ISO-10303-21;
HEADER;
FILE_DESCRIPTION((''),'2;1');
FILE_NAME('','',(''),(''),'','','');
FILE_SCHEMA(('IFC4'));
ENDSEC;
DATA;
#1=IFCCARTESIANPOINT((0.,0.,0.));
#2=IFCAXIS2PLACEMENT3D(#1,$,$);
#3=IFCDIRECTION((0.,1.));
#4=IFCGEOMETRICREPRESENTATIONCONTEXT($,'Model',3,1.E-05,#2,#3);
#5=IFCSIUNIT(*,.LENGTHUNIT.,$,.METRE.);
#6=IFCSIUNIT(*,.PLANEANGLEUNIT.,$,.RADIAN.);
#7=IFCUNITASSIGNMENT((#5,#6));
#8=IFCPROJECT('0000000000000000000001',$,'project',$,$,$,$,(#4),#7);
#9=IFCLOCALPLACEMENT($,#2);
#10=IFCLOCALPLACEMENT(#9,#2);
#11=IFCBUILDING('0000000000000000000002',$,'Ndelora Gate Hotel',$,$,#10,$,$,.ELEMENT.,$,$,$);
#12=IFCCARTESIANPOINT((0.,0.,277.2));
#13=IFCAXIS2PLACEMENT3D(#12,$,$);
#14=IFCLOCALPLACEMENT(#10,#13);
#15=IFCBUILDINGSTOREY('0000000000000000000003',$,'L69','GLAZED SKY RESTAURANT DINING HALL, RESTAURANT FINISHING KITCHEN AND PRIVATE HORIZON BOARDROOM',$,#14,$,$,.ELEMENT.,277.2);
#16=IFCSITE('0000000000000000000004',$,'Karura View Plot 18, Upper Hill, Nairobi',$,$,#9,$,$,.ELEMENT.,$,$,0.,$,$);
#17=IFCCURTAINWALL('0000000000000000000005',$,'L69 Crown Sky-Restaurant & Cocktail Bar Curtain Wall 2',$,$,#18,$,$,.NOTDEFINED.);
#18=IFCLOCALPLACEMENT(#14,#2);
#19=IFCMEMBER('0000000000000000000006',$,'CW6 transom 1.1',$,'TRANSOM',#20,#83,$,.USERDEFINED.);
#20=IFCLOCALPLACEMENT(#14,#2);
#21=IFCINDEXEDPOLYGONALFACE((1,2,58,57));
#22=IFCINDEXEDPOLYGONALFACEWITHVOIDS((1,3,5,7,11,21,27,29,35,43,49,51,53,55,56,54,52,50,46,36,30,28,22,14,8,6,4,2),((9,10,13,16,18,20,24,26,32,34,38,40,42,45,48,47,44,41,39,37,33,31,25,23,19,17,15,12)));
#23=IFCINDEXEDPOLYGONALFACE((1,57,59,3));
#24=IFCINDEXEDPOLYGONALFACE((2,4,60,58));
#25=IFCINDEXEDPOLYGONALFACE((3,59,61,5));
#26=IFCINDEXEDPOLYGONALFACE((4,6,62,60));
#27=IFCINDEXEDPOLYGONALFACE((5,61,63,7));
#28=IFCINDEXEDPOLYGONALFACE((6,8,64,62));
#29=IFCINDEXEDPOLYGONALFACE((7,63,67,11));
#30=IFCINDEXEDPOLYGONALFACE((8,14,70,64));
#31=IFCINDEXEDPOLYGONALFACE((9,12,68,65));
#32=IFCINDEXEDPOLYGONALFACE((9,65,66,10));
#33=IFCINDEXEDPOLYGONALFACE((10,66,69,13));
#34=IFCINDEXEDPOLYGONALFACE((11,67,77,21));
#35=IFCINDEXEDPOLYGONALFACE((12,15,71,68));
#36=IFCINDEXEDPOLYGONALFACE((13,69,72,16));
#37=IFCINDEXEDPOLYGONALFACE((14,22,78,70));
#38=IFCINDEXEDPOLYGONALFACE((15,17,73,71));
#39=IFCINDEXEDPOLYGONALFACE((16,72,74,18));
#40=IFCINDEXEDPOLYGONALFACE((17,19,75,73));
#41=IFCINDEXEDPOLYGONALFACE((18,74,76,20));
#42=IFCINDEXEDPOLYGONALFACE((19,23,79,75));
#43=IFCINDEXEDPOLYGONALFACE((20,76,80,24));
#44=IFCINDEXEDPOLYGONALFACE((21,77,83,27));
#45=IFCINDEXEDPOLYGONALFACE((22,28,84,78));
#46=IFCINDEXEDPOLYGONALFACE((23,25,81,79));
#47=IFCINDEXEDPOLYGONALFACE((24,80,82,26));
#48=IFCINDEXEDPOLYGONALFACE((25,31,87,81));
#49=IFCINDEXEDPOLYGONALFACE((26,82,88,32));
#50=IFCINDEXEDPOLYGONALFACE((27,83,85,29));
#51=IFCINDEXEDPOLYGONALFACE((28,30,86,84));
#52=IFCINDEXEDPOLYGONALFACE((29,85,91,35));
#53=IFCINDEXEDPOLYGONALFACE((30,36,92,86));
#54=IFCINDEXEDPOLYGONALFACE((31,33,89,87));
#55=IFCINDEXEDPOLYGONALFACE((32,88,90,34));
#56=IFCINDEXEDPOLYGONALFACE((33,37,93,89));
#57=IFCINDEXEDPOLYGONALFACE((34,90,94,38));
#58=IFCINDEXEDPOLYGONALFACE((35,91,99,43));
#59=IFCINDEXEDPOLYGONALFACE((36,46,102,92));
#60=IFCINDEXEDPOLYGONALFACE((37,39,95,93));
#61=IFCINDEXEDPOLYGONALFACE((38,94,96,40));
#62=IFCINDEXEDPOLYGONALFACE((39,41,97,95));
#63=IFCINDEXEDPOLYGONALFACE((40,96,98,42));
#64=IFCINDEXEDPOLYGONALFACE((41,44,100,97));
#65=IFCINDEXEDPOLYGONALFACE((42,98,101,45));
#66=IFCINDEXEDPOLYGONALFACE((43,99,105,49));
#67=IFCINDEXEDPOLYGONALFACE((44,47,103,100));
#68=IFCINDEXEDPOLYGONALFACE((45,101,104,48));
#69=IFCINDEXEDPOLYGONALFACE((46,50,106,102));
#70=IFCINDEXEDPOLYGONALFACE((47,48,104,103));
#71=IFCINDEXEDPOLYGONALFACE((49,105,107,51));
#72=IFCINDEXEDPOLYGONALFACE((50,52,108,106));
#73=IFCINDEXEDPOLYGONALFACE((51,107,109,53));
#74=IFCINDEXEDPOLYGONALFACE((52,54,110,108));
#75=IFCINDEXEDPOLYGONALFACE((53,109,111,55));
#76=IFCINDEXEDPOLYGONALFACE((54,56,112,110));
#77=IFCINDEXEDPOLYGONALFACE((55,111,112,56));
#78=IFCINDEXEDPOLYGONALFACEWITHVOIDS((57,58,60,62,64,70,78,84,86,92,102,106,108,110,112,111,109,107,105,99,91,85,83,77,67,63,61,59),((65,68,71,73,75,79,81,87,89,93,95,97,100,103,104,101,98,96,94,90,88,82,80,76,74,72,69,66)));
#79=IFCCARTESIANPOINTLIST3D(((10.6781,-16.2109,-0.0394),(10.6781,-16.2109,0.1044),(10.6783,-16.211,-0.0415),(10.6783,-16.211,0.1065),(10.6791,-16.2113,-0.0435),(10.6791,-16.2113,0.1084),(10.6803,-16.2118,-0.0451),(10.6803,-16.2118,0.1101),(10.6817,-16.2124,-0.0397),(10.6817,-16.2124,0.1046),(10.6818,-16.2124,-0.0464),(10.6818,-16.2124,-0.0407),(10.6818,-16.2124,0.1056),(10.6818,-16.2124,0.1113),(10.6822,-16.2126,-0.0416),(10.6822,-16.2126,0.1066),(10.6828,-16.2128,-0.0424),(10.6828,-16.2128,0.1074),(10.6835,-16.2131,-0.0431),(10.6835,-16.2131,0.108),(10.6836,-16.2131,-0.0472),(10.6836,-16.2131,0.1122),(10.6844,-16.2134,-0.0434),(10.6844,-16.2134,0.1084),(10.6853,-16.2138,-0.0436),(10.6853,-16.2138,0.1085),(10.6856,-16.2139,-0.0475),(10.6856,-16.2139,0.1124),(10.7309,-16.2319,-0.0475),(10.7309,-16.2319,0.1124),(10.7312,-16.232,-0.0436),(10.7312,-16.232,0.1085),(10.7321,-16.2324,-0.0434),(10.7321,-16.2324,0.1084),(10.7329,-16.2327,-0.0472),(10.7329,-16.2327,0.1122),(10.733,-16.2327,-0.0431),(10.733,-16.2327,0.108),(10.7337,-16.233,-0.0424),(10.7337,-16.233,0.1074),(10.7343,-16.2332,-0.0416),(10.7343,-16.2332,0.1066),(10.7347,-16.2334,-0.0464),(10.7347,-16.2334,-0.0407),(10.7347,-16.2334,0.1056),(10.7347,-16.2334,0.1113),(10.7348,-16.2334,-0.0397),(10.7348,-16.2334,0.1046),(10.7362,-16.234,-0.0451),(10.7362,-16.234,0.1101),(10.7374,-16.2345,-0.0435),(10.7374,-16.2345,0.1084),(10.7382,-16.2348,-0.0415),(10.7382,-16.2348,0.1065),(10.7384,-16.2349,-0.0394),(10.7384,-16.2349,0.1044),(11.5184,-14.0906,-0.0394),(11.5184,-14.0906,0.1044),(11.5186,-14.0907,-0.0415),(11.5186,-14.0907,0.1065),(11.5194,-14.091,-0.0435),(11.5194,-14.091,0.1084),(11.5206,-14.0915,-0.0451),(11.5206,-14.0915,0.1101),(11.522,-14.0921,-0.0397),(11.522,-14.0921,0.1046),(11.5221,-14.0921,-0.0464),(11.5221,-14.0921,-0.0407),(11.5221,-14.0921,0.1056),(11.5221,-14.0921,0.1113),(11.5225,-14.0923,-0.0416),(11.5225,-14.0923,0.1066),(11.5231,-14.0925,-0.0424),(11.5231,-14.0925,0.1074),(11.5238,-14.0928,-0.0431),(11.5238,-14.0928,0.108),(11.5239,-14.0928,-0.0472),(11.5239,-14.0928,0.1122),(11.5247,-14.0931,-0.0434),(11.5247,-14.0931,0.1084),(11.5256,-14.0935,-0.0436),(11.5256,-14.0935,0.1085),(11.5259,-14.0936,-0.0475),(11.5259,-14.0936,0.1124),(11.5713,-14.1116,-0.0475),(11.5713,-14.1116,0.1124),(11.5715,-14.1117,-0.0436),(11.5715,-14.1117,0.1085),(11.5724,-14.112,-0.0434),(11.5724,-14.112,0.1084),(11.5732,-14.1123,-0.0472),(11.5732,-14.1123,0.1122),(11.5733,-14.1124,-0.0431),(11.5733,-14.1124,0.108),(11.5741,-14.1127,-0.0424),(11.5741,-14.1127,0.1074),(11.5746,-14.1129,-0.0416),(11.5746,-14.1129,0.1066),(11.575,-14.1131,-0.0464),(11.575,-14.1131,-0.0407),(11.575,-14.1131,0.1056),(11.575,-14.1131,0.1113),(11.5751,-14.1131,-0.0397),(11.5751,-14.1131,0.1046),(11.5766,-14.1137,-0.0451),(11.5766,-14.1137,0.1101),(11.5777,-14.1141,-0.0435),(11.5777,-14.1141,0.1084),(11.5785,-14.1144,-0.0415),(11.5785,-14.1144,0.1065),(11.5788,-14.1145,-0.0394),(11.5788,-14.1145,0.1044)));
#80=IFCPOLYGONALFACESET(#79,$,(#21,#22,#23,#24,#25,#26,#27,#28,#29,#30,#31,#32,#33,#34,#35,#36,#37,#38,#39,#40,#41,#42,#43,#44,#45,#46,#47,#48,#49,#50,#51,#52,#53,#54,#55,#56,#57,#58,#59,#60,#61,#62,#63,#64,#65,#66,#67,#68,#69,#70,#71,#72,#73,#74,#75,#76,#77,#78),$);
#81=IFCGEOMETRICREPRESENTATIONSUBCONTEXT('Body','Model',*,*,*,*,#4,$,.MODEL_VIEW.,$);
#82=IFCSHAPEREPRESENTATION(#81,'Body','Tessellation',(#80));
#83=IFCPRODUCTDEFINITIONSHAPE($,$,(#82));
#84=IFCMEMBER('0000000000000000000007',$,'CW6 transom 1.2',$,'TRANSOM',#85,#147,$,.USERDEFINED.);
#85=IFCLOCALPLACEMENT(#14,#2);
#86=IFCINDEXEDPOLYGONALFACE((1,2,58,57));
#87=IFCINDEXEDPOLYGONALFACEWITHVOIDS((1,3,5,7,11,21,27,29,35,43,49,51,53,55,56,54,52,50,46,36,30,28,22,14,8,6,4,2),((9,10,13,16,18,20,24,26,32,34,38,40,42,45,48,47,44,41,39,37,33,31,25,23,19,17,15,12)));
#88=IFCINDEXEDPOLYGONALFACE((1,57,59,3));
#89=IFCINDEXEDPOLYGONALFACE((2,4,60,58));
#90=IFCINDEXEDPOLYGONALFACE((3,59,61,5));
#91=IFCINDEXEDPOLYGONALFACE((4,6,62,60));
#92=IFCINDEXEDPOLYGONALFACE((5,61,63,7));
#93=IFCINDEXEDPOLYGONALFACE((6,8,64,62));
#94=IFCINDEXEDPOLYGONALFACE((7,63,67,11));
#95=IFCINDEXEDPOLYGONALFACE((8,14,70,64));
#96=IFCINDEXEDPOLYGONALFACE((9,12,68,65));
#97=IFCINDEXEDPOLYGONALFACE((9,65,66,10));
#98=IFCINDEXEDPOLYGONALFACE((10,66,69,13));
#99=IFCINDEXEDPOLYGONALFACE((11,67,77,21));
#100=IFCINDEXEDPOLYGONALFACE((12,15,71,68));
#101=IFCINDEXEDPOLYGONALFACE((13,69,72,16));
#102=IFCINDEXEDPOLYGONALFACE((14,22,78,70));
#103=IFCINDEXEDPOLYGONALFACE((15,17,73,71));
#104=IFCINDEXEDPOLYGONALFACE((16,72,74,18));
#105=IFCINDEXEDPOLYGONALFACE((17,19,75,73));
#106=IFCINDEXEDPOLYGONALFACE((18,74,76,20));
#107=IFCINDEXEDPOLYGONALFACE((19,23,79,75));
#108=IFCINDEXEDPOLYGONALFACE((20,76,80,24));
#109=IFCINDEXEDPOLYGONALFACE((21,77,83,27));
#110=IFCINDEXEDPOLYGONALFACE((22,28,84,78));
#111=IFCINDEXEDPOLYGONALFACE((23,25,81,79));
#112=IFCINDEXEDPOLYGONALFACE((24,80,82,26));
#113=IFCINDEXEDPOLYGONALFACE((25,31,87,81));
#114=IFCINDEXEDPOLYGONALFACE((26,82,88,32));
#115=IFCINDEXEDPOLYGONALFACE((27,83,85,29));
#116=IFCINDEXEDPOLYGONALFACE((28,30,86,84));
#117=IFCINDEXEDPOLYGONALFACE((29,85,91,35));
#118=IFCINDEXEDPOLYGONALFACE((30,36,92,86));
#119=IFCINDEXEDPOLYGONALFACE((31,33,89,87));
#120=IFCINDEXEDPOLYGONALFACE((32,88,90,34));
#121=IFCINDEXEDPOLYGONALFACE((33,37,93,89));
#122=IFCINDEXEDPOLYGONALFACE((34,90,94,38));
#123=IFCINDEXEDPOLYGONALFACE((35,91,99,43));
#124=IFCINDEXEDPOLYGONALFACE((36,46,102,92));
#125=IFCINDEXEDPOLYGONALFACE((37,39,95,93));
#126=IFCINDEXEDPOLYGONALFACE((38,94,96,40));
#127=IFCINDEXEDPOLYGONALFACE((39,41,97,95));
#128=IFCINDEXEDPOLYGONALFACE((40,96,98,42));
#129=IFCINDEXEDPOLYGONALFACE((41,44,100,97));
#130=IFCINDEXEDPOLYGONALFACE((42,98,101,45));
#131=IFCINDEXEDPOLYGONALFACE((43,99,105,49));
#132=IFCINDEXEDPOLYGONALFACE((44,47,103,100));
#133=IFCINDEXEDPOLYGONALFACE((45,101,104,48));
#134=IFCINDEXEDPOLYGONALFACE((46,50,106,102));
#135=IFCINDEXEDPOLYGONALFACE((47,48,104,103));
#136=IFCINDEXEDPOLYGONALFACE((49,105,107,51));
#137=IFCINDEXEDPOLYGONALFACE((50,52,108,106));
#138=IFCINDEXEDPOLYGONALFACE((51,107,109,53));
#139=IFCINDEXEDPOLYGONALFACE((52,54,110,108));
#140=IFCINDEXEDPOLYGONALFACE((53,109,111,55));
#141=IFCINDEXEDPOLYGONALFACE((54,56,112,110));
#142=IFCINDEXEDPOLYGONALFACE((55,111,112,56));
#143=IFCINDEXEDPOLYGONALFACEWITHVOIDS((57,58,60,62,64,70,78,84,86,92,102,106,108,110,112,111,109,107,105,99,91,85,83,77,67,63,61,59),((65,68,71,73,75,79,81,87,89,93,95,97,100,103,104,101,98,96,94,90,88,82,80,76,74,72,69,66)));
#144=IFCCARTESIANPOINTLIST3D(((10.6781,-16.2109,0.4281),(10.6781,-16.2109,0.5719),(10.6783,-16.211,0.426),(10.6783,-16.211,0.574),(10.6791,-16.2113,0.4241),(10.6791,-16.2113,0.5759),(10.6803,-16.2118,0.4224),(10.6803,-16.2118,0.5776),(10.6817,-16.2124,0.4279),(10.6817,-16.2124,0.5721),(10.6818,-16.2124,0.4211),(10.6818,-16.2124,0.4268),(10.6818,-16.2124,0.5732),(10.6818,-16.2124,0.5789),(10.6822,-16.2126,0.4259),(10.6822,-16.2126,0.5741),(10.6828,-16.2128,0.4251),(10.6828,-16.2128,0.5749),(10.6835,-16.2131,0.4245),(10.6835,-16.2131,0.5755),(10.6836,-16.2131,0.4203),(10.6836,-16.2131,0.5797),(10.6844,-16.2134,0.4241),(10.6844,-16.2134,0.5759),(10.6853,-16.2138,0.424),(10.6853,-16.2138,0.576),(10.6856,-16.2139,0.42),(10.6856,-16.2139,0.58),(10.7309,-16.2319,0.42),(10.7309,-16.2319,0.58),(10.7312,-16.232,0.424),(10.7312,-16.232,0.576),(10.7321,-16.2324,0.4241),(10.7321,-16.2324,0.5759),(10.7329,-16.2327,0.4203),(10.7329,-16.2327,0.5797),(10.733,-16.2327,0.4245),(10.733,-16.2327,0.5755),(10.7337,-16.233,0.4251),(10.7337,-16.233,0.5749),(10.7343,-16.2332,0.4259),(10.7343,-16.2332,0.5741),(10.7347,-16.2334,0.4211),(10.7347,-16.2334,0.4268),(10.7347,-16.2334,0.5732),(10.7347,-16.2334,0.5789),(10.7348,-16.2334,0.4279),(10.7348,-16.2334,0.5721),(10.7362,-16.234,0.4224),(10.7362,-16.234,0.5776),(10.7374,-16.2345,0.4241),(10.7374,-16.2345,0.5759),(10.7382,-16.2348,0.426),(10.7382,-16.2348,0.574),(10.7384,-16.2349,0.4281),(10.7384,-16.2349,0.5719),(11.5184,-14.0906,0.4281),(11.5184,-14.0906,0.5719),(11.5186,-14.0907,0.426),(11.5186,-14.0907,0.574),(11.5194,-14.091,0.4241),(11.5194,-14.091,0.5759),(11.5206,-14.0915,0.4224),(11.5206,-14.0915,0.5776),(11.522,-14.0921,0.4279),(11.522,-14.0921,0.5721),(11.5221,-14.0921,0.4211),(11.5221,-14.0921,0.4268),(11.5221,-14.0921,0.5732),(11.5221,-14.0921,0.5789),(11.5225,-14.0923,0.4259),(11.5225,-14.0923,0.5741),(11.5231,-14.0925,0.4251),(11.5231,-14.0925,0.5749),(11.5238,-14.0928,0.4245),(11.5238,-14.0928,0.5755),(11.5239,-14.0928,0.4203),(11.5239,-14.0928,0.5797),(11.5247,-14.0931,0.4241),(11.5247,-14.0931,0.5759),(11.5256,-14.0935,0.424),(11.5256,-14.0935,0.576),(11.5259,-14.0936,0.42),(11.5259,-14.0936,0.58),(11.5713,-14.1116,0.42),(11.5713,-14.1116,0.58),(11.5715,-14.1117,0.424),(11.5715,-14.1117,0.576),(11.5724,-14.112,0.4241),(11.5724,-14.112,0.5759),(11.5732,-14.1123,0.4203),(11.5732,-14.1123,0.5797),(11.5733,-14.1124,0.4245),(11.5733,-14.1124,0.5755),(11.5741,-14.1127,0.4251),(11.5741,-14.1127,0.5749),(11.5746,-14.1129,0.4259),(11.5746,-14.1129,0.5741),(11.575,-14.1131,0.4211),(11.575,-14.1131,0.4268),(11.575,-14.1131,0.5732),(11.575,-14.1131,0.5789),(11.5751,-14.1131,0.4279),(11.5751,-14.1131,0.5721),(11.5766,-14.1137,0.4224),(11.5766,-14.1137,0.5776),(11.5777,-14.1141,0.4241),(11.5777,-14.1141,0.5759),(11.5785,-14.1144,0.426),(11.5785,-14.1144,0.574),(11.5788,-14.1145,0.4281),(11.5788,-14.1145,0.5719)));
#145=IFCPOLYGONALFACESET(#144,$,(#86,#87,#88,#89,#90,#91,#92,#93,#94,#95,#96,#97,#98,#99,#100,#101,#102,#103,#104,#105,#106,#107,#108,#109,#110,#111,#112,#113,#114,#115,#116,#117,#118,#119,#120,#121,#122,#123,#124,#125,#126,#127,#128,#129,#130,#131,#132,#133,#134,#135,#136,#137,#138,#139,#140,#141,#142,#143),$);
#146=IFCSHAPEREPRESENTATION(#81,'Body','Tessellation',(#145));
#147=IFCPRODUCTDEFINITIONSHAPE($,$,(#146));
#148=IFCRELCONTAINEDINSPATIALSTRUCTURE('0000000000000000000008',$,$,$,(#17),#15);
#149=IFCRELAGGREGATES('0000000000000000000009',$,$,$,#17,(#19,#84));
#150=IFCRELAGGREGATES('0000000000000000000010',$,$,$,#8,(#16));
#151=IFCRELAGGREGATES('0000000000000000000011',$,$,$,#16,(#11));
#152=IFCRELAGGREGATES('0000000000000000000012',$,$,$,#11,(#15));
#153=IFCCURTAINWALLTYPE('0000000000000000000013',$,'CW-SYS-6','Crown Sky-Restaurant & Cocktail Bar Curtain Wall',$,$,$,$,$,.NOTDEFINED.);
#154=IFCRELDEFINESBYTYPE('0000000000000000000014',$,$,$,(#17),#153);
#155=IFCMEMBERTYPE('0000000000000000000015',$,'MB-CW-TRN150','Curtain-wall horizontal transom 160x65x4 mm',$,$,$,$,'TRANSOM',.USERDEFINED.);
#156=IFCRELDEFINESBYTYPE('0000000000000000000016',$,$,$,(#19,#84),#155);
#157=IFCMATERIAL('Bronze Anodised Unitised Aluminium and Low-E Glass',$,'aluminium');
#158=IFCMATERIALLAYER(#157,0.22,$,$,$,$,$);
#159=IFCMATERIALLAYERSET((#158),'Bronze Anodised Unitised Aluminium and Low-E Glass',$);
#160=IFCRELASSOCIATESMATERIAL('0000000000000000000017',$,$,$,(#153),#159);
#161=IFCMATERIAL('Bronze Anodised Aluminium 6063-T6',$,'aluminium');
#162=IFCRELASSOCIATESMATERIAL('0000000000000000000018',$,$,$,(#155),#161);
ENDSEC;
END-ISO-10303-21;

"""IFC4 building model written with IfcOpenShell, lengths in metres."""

from ifc_helpers import new_model, si_unit, direction, frame, origin, origin_2d, place, context, subcontext, project, spatial, hollow_rectangle, extrude, material, layer, layer_set, material_profile, profile_set, type_object, element, aggregate, save


model = new_model("IFC4")

# Units and contexts
model_context = context("Model", 3, precision=1e-05, world=origin(), true_north=direction((0.0, 1.0)))
body_context = subcontext(model_context, "Body", "Model", "MODEL_VIEW")
ifc_project = project(units=[si_unit("LENGTHUNIT", "METRE"), si_unit("PLANEANGLEUNIT", "RADIAN")], contexts=[model_context])

# Site, building, storey
site_placement = place(None, origin())
site = spatial("IfcSite", under=ifc_project, at=site_placement, Name="Karura View Plot 18, Upper Hill, Nairobi", CompositionType="ELEMENT", RefElevation=0.0)
building_placement = place(site_placement, origin())
building = spatial("IfcBuilding", under=site, at=building_placement, Name="Ndelora Gate Hotel", CompositionType="ELEMENT")
storey_placement = place(building_placement, frame((0.0, 0.0, 277.2)))
storey = spatial("IfcBuildingStorey", under=building, at=storey_placement, Name="L69", Description="GLAZED SKY RESTAURANT DINING HALL, RESTAURANT FINISHING KITCHEN AND PRIVATE HORIZON BOARDROOM", CompositionType="ELEMENT", Elevation=277.2)

# Curtain wall, members
ifc_material_1 = material(Name="Bronze Anodised Unitised Aluminium and Low-E Glass", Category="aluminium")
ifc_layer_1 = layer(ifc_material_1, 0.22)
ifc_layer_set_1 = layer_set([ifc_layer_1], Name="Bronze Anodised Unitised Aluminium and Low-E Glass")
curtain_wall_type = type_object("IfcCurtainWallType", Name="CW-SYS-6", Description="Crown Sky-Restaurant & Cocktail Bar Curtain Wall", PredefinedType="NOTDEFINED", material=ifc_layer_set_1)
curtain_wall_placement = place(storey_placement, origin())
curtain_wall = element("IfcCurtainWall", 1, at=curtain_wall_placement, inside=storey, type_object=curtain_wall_type, Name="L69 Crown Sky-Restaurant & Cocktail Bar Curtain Wall 2", PredefinedType="NOTDEFINED")
ifc_material_2 = material(Name="Bronze Anodised Aluminium 6063-T6", Category="aluminium")
ifc_material_profile_1 = material_profile(ifc_material_2, hollow_rectangle(XDim=0.0649, YDim=0.1599, WallThickness=0.0039, InnerFilletRadius=0.0039, OuterFilletRadius=0.0081, at=origin_2d()), Name="ALU 160x65x4")
ifc_profile_set_1 = profile_set([ifc_material_profile_1], Name="Bronze Anodised Aluminium 6063-T6")
member_type_1 = type_object("IfcMemberType", Name="MB-CW-TRN150", Description="Curtain-wall horizontal transom 160x65x4 mm", ElementType="TRANSOM", PredefinedType="USERDEFINED", material=ifc_profile_set_1)
member_1_placement = place(storey_placement, frame((10.7083, -16.2229, 0.0325), z_axis=(0.368436, 0.929653, 0.0), x_axis=(-0.929653, 0.368436, 0.0)))
member_1 = element("IfcMember", 2, at=member_1_placement, type_object=member_type_1, Name="CW6 transom 1.1", ObjectType="TRANSOM", PredefinedType="USERDEFINED", context=body_context, shape_type="SweptSolid", body=[
    extrude(hollow_rectangle(XDim=0.0649, YDim=0.1599, WallThickness=0.0039, InnerFilletRadius=0.0039, OuterFilletRadius=0.0081, at=origin_2d()), origin(), (0.0, 0.0, 1.0), 2.2808),
])
member_2_placement = place(storey_placement, frame((10.7083, -16.2229, 0.5), z_axis=(0.368436, 0.929653, 0.0), x_axis=(-0.929653, 0.368436, 0.0)))
member_2 = element("IfcMember", 3, at=member_2_placement, type_object=member_type_1, Name="CW6 transom 1.2", ObjectType="TRANSOM", PredefinedType="USERDEFINED", context=body_context, shape_type="SweptSolid", body=[
    extrude(hollow_rectangle(XDim=0.0649, YDim=0.1599, WallThickness=0.0039, InnerFilletRadius=0.0039, OuterFilletRadius=0.0081, at=origin_2d()), origin(), (0.0, 0.0, 1.0), 2.2808),
])
aggregate(curtain_wall, [member_1, member_2])

save(model, "model.ifc")
